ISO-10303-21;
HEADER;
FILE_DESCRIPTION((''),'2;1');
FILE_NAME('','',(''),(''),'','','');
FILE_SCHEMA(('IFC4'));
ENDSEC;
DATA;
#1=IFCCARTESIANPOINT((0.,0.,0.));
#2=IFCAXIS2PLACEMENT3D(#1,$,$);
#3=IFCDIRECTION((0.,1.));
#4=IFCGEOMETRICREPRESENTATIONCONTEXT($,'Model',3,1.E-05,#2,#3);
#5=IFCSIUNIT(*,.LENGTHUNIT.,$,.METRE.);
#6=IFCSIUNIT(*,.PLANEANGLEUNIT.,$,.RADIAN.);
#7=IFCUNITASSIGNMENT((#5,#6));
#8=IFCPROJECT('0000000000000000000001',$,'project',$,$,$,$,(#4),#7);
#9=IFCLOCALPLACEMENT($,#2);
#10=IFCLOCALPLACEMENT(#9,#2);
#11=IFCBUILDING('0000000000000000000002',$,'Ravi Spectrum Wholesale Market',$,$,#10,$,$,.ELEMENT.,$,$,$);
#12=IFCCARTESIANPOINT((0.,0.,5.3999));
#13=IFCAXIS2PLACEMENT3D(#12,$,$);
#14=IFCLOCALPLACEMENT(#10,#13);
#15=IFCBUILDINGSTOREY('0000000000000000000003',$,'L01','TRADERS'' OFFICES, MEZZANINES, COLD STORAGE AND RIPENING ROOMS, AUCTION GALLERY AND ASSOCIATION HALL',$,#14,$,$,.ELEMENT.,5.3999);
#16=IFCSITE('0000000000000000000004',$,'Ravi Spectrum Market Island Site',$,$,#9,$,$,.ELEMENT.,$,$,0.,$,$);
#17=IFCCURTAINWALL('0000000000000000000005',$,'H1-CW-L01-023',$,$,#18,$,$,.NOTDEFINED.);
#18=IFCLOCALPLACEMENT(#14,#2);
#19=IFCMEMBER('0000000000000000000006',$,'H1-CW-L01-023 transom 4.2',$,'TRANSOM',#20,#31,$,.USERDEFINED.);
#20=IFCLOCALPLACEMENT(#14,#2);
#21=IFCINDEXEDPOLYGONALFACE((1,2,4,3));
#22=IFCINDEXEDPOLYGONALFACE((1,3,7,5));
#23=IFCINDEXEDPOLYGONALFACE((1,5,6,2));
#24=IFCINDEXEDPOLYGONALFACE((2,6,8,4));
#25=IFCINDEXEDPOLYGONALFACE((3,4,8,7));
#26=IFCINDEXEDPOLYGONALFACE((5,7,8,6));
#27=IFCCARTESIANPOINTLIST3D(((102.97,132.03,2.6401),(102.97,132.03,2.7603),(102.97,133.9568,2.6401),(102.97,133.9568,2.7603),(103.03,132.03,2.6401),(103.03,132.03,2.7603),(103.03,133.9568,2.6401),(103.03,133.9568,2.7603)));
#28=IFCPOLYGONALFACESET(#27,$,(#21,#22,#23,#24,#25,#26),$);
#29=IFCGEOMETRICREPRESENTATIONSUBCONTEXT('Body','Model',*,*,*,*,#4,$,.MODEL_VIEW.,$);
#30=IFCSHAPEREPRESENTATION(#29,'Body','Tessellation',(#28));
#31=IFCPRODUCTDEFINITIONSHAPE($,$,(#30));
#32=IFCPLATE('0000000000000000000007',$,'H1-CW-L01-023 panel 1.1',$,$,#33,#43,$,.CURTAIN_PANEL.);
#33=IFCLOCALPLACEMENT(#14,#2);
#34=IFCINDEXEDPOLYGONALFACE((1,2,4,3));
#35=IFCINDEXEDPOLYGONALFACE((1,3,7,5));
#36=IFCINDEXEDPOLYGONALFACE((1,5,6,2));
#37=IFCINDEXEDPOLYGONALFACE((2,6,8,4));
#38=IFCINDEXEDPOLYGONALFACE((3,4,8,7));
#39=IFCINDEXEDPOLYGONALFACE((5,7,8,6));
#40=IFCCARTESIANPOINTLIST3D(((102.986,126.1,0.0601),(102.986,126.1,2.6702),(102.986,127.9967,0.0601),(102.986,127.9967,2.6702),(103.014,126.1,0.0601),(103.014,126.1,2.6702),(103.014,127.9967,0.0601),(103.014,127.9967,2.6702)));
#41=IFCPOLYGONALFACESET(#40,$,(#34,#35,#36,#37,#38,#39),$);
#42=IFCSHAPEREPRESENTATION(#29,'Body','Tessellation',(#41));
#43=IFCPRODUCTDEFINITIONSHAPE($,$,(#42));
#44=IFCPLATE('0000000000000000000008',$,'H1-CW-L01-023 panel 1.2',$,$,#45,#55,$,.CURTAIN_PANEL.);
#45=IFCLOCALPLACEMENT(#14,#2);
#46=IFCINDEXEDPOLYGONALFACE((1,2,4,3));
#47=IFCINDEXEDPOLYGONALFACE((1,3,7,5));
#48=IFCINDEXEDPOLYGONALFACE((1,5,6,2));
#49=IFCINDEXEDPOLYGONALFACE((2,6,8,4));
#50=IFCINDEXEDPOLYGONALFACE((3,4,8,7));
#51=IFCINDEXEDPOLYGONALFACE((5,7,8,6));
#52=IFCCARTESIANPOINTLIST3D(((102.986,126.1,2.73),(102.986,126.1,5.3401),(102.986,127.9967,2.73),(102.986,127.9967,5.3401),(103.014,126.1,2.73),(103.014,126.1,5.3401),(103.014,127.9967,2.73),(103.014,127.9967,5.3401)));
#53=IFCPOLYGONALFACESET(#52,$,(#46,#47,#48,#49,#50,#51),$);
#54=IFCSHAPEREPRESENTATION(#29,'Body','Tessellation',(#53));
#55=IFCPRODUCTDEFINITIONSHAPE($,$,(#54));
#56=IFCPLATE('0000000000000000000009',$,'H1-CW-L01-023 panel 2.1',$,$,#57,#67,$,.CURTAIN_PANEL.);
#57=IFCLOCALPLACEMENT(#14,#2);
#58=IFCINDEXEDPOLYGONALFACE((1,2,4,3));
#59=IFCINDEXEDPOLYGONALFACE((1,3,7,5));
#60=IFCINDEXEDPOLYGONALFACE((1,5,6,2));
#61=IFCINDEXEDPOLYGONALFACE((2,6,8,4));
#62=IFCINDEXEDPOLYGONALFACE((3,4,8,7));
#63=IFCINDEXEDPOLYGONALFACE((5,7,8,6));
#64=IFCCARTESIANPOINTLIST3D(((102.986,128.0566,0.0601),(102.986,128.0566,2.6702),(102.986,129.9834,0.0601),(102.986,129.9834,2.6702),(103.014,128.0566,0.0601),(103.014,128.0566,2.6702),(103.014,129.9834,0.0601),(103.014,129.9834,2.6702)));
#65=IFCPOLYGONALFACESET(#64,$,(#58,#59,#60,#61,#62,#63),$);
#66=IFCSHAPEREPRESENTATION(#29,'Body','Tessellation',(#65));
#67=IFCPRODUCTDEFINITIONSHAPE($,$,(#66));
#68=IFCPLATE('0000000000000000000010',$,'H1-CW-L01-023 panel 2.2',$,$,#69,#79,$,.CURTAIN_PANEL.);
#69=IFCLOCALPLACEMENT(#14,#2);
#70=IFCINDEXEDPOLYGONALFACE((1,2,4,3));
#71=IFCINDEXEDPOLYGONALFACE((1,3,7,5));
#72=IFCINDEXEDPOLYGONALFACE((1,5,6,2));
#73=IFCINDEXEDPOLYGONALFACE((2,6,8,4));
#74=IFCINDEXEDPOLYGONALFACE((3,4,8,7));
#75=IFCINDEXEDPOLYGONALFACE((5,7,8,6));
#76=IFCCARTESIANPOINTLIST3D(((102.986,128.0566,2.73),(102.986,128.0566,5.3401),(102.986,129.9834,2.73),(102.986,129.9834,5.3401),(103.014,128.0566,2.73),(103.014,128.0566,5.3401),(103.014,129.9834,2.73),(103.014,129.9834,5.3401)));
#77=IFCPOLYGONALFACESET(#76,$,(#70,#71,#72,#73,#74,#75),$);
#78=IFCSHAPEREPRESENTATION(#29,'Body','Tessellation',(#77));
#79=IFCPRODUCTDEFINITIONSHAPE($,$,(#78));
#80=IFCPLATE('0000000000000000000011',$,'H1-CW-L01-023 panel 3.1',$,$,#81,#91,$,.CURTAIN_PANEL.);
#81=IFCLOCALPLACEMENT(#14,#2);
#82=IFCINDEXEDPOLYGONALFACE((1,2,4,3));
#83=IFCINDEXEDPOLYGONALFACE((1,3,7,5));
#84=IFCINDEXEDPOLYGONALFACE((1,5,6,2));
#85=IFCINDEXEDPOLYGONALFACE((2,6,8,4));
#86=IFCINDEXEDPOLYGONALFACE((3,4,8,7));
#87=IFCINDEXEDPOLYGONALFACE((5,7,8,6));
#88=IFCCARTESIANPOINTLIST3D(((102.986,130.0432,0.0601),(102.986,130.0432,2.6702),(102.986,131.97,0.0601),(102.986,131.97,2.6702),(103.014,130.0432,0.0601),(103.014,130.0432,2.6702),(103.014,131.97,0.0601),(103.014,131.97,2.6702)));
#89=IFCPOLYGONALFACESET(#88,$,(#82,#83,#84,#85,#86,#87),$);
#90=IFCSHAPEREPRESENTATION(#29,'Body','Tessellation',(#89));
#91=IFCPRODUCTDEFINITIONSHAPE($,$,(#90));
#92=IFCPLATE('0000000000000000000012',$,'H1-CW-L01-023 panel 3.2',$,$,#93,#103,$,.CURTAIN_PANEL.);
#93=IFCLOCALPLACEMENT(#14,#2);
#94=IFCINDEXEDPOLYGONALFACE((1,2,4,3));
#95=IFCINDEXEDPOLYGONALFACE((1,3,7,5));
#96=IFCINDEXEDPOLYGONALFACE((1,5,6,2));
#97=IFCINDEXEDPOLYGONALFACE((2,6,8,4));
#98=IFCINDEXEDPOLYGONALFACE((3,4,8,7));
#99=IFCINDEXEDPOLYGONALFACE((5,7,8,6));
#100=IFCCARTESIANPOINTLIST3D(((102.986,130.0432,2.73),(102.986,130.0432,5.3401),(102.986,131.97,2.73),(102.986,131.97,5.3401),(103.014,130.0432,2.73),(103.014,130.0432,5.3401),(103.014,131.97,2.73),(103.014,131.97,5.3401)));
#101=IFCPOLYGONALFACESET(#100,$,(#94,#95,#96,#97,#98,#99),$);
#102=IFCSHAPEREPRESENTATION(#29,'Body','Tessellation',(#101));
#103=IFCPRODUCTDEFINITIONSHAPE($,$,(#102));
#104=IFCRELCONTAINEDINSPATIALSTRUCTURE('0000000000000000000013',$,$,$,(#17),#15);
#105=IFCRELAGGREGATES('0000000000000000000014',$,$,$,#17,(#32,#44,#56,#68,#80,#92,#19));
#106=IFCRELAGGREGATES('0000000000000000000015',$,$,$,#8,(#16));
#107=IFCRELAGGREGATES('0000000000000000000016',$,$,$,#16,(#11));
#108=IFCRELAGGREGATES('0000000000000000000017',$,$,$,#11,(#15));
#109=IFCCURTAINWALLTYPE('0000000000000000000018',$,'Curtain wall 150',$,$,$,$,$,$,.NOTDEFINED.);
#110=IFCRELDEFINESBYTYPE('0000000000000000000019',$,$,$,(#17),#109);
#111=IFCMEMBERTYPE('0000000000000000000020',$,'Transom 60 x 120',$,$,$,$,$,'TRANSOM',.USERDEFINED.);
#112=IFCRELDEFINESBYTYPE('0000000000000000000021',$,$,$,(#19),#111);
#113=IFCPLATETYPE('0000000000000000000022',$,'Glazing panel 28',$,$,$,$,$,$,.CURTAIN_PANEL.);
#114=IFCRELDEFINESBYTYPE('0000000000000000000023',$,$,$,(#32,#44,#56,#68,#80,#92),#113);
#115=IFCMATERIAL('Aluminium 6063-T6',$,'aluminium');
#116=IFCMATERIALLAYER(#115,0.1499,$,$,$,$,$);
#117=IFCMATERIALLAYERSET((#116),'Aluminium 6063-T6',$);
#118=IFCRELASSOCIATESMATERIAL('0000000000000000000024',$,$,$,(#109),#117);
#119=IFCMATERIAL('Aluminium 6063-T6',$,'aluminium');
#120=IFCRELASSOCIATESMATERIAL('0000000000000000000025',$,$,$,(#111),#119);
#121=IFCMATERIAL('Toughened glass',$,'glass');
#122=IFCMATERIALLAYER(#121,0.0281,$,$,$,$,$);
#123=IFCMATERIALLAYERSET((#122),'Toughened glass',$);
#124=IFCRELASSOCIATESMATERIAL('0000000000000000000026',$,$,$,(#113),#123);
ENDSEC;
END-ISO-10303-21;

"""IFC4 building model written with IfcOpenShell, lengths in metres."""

from ifc_helpers import new_model, si_unit, direction, frame, origin, origin_2d, place, context, subcontext, project, spatial, rectangle, extrude, material, layer, layer_set, material_profile, profile_set, type_object, element, aggregate, save


model = new_model("IFC4")

# Units and contexts
model_context = context("Model", 3, precision=1e-05, world=origin(), true_north=direction((0.0, 1.0)))
body_context = subcontext(model_context, "Body", "Model", "MODEL_VIEW")
ifc_project = project(units=[si_unit("LENGTHUNIT", "METRE"), si_unit("PLANEANGLEUNIT", "RADIAN")], contexts=[model_context])

# Site, building, storey
site_placement = place(None, origin())
site = spatial("IfcSite", under=ifc_project, at=site_placement, Name="Ravi Spectrum Market Island Site", CompositionType="ELEMENT", RefElevation=0.0)
building_placement = place(site_placement, origin())
building = spatial("IfcBuilding", under=site, at=building_placement, Name="Ravi Spectrum Wholesale Market", CompositionType="ELEMENT")
storey_placement = place(building_placement, frame((0.0, 0.0, 5.3999)))
storey = spatial("IfcBuildingStorey", under=building, at=storey_placement, Name="L01", Description="TRADERS' OFFICES, MEZZANINES, COLD STORAGE AND RIPENING ROOMS, AUCTION GALLERY AND ASSOCIATION HALL", CompositionType="ELEMENT", Elevation=5.3999)

# Shared definitions
ifc_material_1 = material(Name="Aluminium 6063-T6", Category="aluminium")
ifc_layer_1 = layer(ifc_material_1, 0.1499)
ifc_layer_set_1 = layer_set([ifc_layer_1], Name="Aluminium 6063-T6")
curtain_wall_type = type_object("IfcCurtainWallType", Name="Curtain wall 150", PredefinedType="NOTDEFINED", material=ifc_layer_set_1)

# Curtain wall, member, plates
curtain_wall_1_placement = place(storey_placement, origin())
curtain_wall_1 = element("IfcCurtainWall", 1, at=curtain_wall_1_placement, inside=storey, type_object=curtain_wall_type, Name="H1-CW-L01-023", PredefinedType="NOTDEFINED")
ifc_material_2 = material(Name="Aluminium 6063-T6", Category="aluminium")
ifc_material_profile_1 = material_profile(ifc_material_2, rectangle(XDim=0.0601, YDim=0.1201, at=origin_2d()))
ifc_profile_set_1 = profile_set([ifc_material_profile_1], Name="Aluminium 6063-T6")
member_type_1 = type_object("IfcMemberType", Name="Transom 60 x 120", ElementType="TRANSOM", PredefinedType="USERDEFINED", material=ifc_profile_set_1)
member_1_placement = place(storey_placement, frame((103.0, 132.03, 2.7002), z_axis=(0.0, 1.0, 0.0), x_axis=(-1.0, 0.0, 0.0)))
member_1 = element("IfcMember", 2, at=member_1_placement, type_object=member_type_1, Name="H1-CW-L01-023 transom 4.2", ObjectType="TRANSOM", PredefinedType="USERDEFINED", context=body_context, shape_type="SweptSolid", body=[
    extrude(rectangle(XDim=0.0601, YDim=0.1201, at=origin_2d()), origin(), (0.0, 0.0, 1.0), 1.9268),
])
ifc_material_3 = material(Name="Toughened glass", Category="glass")
ifc_layer_2 = layer(ifc_material_3, 0.0281)
ifc_layer_set_2 = layer_set([ifc_layer_2], Name="Toughened glass")
plate_type = type_object("IfcPlateType", Name="Glazing panel 28", PredefinedType="CURTAIN_PANEL", material=ifc_layer_set_2)
plate_1_placement = place(storey_placement, frame((103.0, 127.0483, 0.0601), z_axis=(0.0, 0.0, 1.0), x_axis=(0.0, 1.0, 0.0)))
plate_1 = element("IfcPlate", 3, at=plate_1_placement, type_object=plate_type, Name="H1-CW-L01-023 panel 1.1", PredefinedType="CURTAIN_PANEL", context=body_context, shape_type="SweptSolid", body=[
    extrude(rectangle(XDim=1.8967, YDim=0.0281, at=origin_2d()), origin(), (0.0, 0.0, 1.0), 2.6101),
])
plate_2_placement = place(storey_placement, frame((103.0, 127.0483, 2.73), z_axis=(0.0, 0.0, 1.0), x_axis=(0.0, 1.0, 0.0)))
plate_2 = element("IfcPlate", 4, at=plate_2_placement, type_object=plate_type, Name="H1-CW-L01-023 panel 1.2", PredefinedType="CURTAIN_PANEL", context=body_context, shape_type="SweptSolid", body=[
    extrude(rectangle(XDim=1.8967, YDim=0.0281, at=origin_2d()), origin(), (0.0, 0.0, 1.0), 2.6101),
])
plate_3_placement = place(storey_placement, frame((103.0, 129.02, 0.0601), z_axis=(0.0, 0.0, 1.0), x_axis=(0.0, 1.0, 0.0)))
plate_3 = element("IfcPlate", 5, at=plate_3_placement, type_object=plate_type, Name="H1-CW-L01-023 panel 2.1", PredefinedType="CURTAIN_PANEL", context=body_context, shape_type="SweptSolid", body=[
    extrude(rectangle(XDim=1.9268, YDim=0.0281, at=origin_2d()), origin(), (0.0, 0.0, 1.0), 2.6101),
])
plate_4_placement = place(storey_placement, frame((103.0, 129.02, 2.73), z_axis=(0.0, 0.0, 1.0), x_axis=(0.0, 1.0, 0.0)))
plate_4 = element("IfcPlate", 6, at=plate_4_placement, type_object=plate_type, Name="H1-CW-L01-023 panel 2.2", PredefinedType="CURTAIN_PANEL", context=body_context, shape_type="SweptSolid", body=[
    extrude(rectangle(XDim=1.9268, YDim=0.0281, at=origin_2d()), origin(), (0.0, 0.0, 1.0), 2.6101),
])
plate_5_placement = place(storey_placement, frame((103.0, 131.0066, 0.0601), z_axis=(0.0, 0.0, 1.0), x_axis=(0.0, 1.0, 0.0)))
plate_5 = element("IfcPlate", 7, at=plate_5_placement, type_object=plate_type, Name="H1-CW-L01-023 panel 3.1", PredefinedType="CURTAIN_PANEL", context=body_context, shape_type="SweptSolid", body=[
    extrude(rectangle(XDim=1.9268, YDim=0.0281, at=origin_2d()), origin(), (0.0, 0.0, 1.0), 2.6101),
])
plate_6_placement = place(storey_placement, frame((103.0, 131.0066, 2.73), z_axis=(0.0, 0.0, 1.0), x_axis=(0.0, 1.0, 0.0)))
plate_6 = element("IfcPlate", 8, at=plate_6_placement, type_object=plate_type, Name="H1-CW-L01-023 panel 3.2", PredefinedType="CURTAIN_PANEL", context=body_context, shape_type="SweptSolid", body=[
    extrude(rectangle(XDim=1.9268, YDim=0.0281, at=origin_2d()), origin(), (0.0, 0.0, 1.0), 2.6101),
])
aggregate(curtain_wall_1, [plate_1, plate_2, plate_3, plate_4, plate_5, plate_6, member_1])

save(model, "model.ifc")
